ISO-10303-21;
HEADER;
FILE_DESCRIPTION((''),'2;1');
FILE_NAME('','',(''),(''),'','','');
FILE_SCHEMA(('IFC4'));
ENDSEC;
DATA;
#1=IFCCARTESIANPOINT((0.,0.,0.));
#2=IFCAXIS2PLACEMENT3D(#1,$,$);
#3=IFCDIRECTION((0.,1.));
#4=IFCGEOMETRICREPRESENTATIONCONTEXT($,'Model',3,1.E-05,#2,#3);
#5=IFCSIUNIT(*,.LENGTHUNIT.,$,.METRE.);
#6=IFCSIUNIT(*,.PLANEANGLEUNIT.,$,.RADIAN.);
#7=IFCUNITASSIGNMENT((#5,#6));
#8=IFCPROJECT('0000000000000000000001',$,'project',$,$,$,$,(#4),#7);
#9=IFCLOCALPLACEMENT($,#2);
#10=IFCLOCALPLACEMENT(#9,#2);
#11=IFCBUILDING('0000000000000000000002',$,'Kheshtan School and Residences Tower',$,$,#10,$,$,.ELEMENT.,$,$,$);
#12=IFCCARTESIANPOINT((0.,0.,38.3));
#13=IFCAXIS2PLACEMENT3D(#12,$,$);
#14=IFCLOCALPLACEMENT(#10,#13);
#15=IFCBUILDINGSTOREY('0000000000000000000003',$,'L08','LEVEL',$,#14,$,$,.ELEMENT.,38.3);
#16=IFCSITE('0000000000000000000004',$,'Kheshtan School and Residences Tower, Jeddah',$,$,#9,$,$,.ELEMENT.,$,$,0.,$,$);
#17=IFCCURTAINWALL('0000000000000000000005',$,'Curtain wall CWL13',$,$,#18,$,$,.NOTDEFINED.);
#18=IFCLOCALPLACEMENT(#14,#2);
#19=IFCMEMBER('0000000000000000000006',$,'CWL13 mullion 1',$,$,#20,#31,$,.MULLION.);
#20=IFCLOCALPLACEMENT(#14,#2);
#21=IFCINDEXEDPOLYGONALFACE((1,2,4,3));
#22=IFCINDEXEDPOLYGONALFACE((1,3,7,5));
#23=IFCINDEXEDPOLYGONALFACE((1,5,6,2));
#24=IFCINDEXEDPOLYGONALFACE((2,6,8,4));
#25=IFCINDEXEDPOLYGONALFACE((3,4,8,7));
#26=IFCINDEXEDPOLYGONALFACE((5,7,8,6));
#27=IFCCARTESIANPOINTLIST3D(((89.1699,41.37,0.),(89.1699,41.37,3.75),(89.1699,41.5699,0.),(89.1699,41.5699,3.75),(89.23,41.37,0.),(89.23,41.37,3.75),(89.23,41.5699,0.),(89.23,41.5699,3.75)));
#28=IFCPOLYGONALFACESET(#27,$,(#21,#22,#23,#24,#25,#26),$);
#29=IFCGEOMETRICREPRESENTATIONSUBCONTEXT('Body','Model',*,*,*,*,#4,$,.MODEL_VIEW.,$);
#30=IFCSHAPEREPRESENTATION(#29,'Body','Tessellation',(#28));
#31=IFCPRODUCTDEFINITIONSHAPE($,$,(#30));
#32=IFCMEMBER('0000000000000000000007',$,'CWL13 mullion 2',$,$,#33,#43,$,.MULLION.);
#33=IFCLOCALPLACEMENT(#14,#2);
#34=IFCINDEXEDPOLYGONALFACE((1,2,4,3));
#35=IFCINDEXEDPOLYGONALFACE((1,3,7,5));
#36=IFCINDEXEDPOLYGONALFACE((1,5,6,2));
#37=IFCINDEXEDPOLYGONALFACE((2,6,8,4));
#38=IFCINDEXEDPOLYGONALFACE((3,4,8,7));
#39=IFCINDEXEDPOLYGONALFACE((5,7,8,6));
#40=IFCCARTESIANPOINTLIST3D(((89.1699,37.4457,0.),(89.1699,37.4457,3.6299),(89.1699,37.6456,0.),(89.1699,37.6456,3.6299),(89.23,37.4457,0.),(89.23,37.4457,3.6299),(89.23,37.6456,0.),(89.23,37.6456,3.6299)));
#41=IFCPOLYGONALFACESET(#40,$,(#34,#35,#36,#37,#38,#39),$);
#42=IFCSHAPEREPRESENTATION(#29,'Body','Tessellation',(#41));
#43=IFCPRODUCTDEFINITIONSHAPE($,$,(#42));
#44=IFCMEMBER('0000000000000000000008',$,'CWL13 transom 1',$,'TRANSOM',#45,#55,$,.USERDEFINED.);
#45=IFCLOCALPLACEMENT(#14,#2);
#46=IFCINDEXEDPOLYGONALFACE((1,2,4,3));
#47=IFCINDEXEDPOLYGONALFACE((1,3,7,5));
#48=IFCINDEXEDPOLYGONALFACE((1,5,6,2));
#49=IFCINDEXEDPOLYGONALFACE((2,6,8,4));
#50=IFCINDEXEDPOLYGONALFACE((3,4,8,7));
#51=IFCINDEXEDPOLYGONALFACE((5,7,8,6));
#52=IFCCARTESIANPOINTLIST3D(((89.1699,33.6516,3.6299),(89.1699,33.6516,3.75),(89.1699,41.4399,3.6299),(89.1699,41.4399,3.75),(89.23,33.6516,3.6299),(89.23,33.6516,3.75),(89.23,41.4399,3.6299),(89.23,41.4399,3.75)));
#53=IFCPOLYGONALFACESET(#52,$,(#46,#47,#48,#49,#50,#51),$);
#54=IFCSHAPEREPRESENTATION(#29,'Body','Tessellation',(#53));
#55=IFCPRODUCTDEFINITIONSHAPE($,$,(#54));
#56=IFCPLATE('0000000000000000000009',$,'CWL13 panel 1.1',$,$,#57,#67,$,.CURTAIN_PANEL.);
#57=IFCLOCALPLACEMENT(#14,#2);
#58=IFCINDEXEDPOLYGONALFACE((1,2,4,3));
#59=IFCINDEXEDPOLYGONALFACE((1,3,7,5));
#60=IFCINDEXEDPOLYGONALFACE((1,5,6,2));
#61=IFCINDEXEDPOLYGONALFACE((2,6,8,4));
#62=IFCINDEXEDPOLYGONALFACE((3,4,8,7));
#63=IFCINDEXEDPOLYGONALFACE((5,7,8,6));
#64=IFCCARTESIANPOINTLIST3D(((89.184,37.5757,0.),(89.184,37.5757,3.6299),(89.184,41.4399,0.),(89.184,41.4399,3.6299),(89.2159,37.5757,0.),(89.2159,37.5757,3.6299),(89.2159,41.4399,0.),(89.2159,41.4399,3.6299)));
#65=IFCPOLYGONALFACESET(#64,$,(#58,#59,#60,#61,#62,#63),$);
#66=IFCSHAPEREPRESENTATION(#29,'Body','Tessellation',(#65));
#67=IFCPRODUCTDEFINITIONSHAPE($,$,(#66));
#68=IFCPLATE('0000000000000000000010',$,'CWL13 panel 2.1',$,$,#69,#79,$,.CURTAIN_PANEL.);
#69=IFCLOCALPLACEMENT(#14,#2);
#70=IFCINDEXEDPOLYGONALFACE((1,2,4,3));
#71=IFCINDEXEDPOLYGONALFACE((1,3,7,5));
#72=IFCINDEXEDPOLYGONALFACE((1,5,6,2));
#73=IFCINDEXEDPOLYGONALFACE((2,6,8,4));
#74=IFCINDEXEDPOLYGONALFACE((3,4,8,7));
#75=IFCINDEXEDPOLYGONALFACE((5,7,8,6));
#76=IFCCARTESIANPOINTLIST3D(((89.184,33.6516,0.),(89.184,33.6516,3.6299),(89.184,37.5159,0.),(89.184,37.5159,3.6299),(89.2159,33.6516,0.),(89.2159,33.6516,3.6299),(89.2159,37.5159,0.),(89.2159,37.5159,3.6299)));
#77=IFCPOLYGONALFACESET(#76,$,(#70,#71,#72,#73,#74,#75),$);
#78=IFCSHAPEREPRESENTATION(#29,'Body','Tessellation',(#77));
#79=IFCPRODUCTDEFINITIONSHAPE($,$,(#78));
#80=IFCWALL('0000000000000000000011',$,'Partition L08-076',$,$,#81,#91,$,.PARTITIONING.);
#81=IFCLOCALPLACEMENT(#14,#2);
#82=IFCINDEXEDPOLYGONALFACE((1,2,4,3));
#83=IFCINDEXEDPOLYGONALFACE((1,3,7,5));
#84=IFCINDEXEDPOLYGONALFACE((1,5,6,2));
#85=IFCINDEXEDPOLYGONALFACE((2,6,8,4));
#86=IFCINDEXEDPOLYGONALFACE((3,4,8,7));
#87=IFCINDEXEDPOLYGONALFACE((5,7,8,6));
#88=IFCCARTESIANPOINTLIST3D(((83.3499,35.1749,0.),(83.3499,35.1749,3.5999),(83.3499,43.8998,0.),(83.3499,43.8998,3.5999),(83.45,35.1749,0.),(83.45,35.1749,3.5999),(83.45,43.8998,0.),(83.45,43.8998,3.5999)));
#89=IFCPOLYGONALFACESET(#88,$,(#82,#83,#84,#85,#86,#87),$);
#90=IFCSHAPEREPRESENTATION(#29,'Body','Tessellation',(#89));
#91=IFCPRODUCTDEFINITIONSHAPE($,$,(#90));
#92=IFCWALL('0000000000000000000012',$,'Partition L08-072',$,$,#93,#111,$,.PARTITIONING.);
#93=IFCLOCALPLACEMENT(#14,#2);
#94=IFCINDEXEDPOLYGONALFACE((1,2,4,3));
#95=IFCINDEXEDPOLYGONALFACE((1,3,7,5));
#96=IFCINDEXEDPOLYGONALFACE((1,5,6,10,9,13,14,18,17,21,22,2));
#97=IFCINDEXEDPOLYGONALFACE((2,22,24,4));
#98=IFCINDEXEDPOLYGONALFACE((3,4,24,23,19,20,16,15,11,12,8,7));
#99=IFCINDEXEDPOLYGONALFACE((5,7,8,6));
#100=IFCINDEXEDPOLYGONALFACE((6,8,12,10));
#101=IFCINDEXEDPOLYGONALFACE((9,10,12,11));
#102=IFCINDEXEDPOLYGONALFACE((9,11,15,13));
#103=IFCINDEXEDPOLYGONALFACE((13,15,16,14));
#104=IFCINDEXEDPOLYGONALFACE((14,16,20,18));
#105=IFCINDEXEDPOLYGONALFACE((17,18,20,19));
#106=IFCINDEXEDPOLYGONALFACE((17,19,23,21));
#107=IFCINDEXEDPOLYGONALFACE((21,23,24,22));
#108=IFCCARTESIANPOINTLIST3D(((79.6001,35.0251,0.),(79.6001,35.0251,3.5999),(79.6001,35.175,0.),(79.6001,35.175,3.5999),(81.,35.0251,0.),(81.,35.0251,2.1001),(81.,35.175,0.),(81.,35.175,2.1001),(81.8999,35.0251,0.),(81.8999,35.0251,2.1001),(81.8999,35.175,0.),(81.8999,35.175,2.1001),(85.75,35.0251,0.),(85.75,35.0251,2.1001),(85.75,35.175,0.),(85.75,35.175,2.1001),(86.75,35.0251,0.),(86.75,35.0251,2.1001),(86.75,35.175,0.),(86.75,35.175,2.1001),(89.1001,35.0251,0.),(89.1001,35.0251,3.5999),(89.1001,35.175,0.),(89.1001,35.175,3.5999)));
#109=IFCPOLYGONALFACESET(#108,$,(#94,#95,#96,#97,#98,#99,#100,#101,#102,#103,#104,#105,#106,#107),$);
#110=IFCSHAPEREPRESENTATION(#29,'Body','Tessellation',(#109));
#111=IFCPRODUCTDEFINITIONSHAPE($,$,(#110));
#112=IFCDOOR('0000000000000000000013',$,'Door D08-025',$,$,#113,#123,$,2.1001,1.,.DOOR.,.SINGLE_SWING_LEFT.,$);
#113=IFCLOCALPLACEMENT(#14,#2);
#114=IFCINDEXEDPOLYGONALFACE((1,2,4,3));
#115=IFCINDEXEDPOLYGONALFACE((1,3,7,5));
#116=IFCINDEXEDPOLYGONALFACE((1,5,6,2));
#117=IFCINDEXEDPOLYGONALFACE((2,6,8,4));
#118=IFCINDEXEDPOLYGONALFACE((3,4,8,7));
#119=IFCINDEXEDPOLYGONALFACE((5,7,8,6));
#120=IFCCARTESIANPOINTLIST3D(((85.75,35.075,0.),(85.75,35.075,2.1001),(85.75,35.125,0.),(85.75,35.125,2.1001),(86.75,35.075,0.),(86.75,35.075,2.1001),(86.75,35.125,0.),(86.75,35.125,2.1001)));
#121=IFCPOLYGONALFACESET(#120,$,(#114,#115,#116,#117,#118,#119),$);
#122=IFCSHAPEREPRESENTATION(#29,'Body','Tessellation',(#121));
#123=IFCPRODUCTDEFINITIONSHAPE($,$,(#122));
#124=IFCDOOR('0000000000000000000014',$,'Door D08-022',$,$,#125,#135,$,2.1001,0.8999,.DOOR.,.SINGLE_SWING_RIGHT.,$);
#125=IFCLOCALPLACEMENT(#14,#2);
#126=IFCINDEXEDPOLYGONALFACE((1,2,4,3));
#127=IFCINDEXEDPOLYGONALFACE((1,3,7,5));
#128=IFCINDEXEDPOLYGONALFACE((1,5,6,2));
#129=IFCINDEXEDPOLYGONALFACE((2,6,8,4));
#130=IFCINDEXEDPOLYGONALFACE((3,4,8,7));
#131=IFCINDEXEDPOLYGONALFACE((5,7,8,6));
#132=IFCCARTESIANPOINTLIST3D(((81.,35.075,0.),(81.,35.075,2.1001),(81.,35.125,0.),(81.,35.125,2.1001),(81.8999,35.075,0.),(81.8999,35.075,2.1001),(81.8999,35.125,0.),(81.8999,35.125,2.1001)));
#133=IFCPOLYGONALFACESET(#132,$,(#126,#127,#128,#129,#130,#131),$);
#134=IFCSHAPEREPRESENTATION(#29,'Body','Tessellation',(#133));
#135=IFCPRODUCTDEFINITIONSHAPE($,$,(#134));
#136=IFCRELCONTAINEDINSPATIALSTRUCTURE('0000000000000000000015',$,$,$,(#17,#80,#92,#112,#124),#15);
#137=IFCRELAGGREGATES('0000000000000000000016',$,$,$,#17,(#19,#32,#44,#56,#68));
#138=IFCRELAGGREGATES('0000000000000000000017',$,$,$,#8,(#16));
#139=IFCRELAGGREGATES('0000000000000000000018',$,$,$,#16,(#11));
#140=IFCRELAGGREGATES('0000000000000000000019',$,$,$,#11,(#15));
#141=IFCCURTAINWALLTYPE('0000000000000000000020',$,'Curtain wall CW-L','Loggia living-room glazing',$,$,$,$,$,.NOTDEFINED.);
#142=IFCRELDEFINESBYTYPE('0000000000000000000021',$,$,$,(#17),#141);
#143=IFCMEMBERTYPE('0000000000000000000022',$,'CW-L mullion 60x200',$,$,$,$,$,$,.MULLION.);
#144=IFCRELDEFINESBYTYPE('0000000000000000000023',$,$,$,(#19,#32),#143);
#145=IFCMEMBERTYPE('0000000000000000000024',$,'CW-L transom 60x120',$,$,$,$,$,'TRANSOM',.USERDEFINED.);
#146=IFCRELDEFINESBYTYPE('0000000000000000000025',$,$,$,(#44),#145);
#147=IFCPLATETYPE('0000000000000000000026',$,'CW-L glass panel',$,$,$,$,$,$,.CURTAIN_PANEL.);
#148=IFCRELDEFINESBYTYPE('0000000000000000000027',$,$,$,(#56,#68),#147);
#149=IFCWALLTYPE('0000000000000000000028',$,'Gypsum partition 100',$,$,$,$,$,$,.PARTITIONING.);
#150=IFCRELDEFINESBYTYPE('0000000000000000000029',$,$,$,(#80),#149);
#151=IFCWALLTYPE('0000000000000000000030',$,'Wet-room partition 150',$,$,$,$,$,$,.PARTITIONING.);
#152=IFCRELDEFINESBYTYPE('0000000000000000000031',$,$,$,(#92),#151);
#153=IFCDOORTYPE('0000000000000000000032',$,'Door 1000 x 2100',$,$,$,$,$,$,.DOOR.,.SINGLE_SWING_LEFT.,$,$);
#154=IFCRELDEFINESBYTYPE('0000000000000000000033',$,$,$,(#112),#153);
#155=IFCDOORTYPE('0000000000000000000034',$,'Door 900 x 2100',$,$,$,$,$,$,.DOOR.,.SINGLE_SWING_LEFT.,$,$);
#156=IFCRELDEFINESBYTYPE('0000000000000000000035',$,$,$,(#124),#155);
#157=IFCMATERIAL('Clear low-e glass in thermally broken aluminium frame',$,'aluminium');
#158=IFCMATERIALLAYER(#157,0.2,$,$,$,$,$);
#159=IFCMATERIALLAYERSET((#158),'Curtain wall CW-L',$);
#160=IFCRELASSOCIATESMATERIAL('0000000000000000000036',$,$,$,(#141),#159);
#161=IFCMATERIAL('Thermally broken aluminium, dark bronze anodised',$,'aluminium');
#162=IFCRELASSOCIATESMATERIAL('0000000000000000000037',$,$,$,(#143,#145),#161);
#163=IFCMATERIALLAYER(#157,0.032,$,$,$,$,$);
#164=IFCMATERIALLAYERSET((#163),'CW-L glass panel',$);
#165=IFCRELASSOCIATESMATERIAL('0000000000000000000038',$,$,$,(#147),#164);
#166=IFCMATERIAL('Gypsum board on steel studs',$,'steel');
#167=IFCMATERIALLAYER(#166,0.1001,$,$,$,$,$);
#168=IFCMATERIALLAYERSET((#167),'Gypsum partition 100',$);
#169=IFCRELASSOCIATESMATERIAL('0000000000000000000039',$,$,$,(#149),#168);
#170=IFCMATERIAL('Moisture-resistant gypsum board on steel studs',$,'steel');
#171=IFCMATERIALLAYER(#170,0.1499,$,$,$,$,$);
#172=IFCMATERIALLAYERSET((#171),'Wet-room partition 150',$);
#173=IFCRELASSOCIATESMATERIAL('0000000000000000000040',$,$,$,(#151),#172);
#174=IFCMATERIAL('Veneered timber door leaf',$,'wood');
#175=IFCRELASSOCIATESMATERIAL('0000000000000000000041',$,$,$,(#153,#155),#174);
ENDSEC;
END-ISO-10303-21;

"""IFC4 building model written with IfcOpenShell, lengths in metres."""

from ifc_helpers import new_model, si_unit, direction, frame, frame_2d, origin, origin_2d, place, context, subcontext, project, spatial, rectangle, extrude, source, transform, mapped, material, layer, layer_set, material_profile, profile_set, type_object, element, fill, aggregate, save


model = new_model("IFC4")

# Units and contexts
model_context = context("Model", 3, precision=1e-05, world=origin(), true_north=direction((0.0, 1.0)))
body_context = subcontext(model_context, "Body", "Model", "MODEL_VIEW")
ifc_project = project(units=[si_unit("LENGTHUNIT", "METRE"), si_unit("PLANEANGLEUNIT", "RADIAN")], contexts=[model_context])

# Site, building, storey
site_placement = place(None, origin())
site = spatial("IfcSite", under=ifc_project, at=site_placement, Name="Kheshtan School and Residences Tower, Jeddah", CompositionType="ELEMENT", RefElevation=0.0)
building_placement = place(site_placement, origin())
building = spatial("IfcBuilding", under=site, at=building_placement, Name="Kheshtan School and Residences Tower", CompositionType="ELEMENT")
storey_placement = place(building_placement, frame((0.0, 0.0, 38.3)))
storey = spatial("IfcBuildingStorey", under=building, at=storey_placement, Name="L08", Description="LEVEL", CompositionType="ELEMENT", Elevation=38.3)

# Curtain wall, members, plates
ifc_material_1 = material(Name="Clear low-e glass in thermally broken aluminium frame", Category="aluminium")
ifc_layer_1 = layer(ifc_material_1, 0.2)
ifc_layer_set_1 = layer_set([ifc_layer_1], Name="Curtain wall CW-L")
curtain_wall_type = type_object("IfcCurtainWallType", Name="Curtain wall CW-L", Description="Loggia living-room glazing", PredefinedType="NOTDEFINED", material=ifc_layer_set_1)
curtain_wall_placement = place(storey_placement, origin())
curtain_wall = element("IfcCurtainWall", 1, at=curtain_wall_placement, inside=storey, type_object=curtain_wall_type, Name="Curtain wall CWL13", PredefinedType="NOTDEFINED")
ifc_material_2 = material(Name="Thermally broken aluminium, dark bronze anodised", Category="aluminium")
ifc_material_profile_1 = material_profile(ifc_material_2, rectangle(XDim=0.0601, YDim=0.2, at=origin_2d()), Name="CW-L mullion 60x200")
ifc_profile_set_1 = profile_set([ifc_material_profile_1], Name="Thermally broken aluminium, dark bronze anodised")
member_type_1 = type_object("IfcMemberType", Name="CW-L mullion 60x200", PredefinedType="MULLION", material=ifc_profile_set_1)
member_1_placement = place(storey_placement, frame((89.2, 41.47, 0.0), z_axis=(0.0, 0.0, 1.0), x_axis=(1.0, 0.0, 0.0)))
member_1 = element("IfcMember", 2, at=member_1_placement, type_object=member_type_1, Name="CWL13 mullion 1", PredefinedType="MULLION", context=body_context, shape_type="SweptSolid", body=[
    extrude(rectangle(XDim=0.0601, YDim=0.2, at=origin_2d()), origin(), (0.0, 0.0, 1.0), 3.75),
])
member_2_placement = place(storey_placement, frame((89.2, 37.5457, 0.0), z_axis=(0.0, 0.0, 1.0), x_axis=(1.0, 0.0, 0.0)))
member_2 = element("IfcMember", 3, at=member_2_placement, type_object=member_type_1, Name="CWL13 mullion 2", PredefinedType="MULLION", context=body_context, shape_type="SweptSolid", body=[
    extrude(rectangle(XDim=0.0601, YDim=0.2, at=origin_2d()), origin(), (0.0, 0.0, 1.0), 3.6299),
])
ifc_material_profile_2 = material_profile(ifc_material_2, rectangle(XDim=0.0601, YDim=0.1201, at=origin_2d()), Name="CW-L transom 60x120")
ifc_profile_set_2 = profile_set([ifc_material_profile_2], Name="Thermally broken aluminium, dark bronze anodised")
member_type_2 = type_object("IfcMemberType", Name="CW-L transom 60x120", ElementType="TRANSOM", PredefinedType="USERDEFINED", material=ifc_profile_set_2)
member_3_placement = place(storey_placement, frame((89.2, 41.4399, 3.6899), z_axis=(0.0, -1.0, 0.0), x_axis=(1.0, 0.0, 0.0)))
member_3 = element("IfcMember", 4, at=member_3_placement, type_object=member_type_2, Name="CWL13 transom 1", ObjectType="TRANSOM", PredefinedType="USERDEFINED", context=body_context, shape_type="SweptSolid", body=[
    extrude(rectangle(XDim=0.0601, YDim=0.1201, at=origin_2d()), origin(), (0.0, 0.0, 1.0), 7.7883),
])
ifc_layer_2 = layer(ifc_material_1, 0.032)
ifc_layer_set_2 = layer_set([ifc_layer_2], Name="CW-L glass panel")
plate_type = type_object("IfcPlateType", Name="CW-L glass panel", PredefinedType="CURTAIN_PANEL", material=ifc_layer_set_2)
plate_1_placement = place(storey_placement, frame((89.2, 39.5078, 0.0), z_axis=(0.0, 0.0, 1.0), x_axis=(0.0, -1.0, 0.0)))
plate_1 = element("IfcPlate", 5, at=plate_1_placement, type_object=plate_type, Name="CWL13 panel 1.1", PredefinedType="CURTAIN_PANEL", context=body_context, shape_type="SweptSolid", body=[
    extrude(rectangle(XDim=3.8643, YDim=0.032, at=origin_2d()), origin(), (0.0, 0.0, 1.0), 3.6299),
])
plate_2_placement = place(storey_placement, frame((89.2, 35.5837, 0.0), z_axis=(0.0, 0.0, 1.0), x_axis=(0.0, -1.0, 0.0)))
plate_2 = element("IfcPlate", 6, at=plate_2_placement, type_object=plate_type, Name="CWL13 panel 2.1", PredefinedType="CURTAIN_PANEL", context=body_context, shape_type="SweptSolid", body=[
    extrude(rectangle(XDim=3.8643, YDim=0.032, at=origin_2d()), origin(), (0.0, 0.0, 1.0), 3.6299),
])
aggregate(curtain_wall, [member_1, member_2, member_3, plate_1, plate_2])

# Wall
ifc_material_3 = material(Name="Gypsum board on steel studs", Category="steel")
ifc_layer_3 = layer(ifc_material_3, 0.1001)
ifc_layer_set_3 = layer_set([ifc_layer_3], Name="Gypsum partition 100")
wall_type_1 = type_object("IfcWallType", Name="Gypsum partition 100", PredefinedType="PARTITIONING", material=ifc_layer_set_3)
wall_1_placement = place(storey_placement, frame((83.3999, 35.175, 0.0), z_axis=(0.0, 0.0, 1.0), x_axis=(0.0, 1.0, 0.0)))
element("IfcWall", 7, at=wall_1_placement, inside=storey, type_object=wall_type_1, Name="Partition L08-076", PredefinedType="PARTITIONING", context=body_context, shape_type="SweptSolid", body=[
    extrude(rectangle(XDim=8.7249, YDim=0.1001, at=frame_2d((4.3623, 0.0))), origin(), (0.0, 0.0, 1.0), 3.5999),
])

# Wall, openings, doors
ifc_material_4 = material(Name="Moisture-resistant gypsum board on steel studs", Category="steel")
ifc_layer_4 = layer(ifc_material_4, 0.1499)
ifc_layer_set_4 = layer_set([ifc_layer_4], Name="Wet-room partition 150")
wall_type_2 = type_object("IfcWallType", Name="Wet-room partition 150", PredefinedType="PARTITIONING", material=ifc_layer_set_4)
wall_2_placement = place(storey_placement, frame((79.6001, 35.1001, 0.0), z_axis=(0.0, 0.0, 1.0), x_axis=(1.0, 0.0, 0.0)))
wall_2 = element("IfcWall", 8, at=wall_2_placement, inside=storey, type_object=wall_type_2, Name="Partition L08-072", PredefinedType="PARTITIONING", context=body_context, shape_type="SweptSolid", body=[
    extrude(rectangle(XDim=9.5, YDim=0.1499, at=frame_2d((4.75, 0.0))), origin(), (0.0, 0.0, 1.0), 3.5999),
])
opening_1_placement = place(wall_2_placement, frame((1.3999, 0.0, 0.0)))
opening_1 = element("IfcOpeningElement", 9, at=opening_1_placement, cuts=wall_2, PredefinedType="OPENING", context=body_context, shape_type="SweptSolid", body=[
    extrude(rectangle(XDim=0.8999, YDim=2.1001, at=frame_2d((0.45, 1.05))), frame((0.0, 0.085, 0.0), z_axis=(0.0, -1.0, 0.0), x_axis=(1.0, 0.0, 0.0)), (0.0, 0.0, 1.0), 0.1699),
])
opening_2_placement = place(wall_2_placement, frame((6.1499, 0.0, 0.0)))
opening_2 = element("IfcOpeningElement", 10, at=opening_2_placement, cuts=wall_2, PredefinedType="OPENING", context=body_context, shape_type="SweptSolid", body=[
    extrude(rectangle(XDim=1.0, YDim=2.1001, at=frame_2d((0.5, 1.05))), frame((0.0, 0.085, 0.0), z_axis=(0.0, -1.0, 0.0), x_axis=(1.0, 0.0, 0.0)), (0.0, 0.0, 1.0), 0.1699),
])
ifc_material_5 = material(Name="Veneered timber door leaf", Category="wood")
door_type_1 = type_object("IfcDoorType", Name="Door 1000 x 2100", OperationType="SINGLE_SWING_LEFT", PredefinedType="DOOR", material=ifc_material_5)
shared_shape_1 = source(origin(), body_context, "Body", "SweptSolid", [
    extrude(rectangle(XDim=1.0, YDim=2.1001, at=frame_2d((0.5, 1.05))), frame((0.0, 0.0249, 0.0), z_axis=(0.0, -1.0, 0.0), x_axis=(1.0, 0.0, 0.0)), (0.0, 0.0, 1.0), 0.05),
])
door_1_placement = place(opening_2_placement, origin())
door_1 = element("IfcDoor", 11, at=door_1_placement, inside=storey, type_object=door_type_1, Name="Door D08-025", OperationType="SINGLE_SWING_LEFT", OverallHeight=2.1001, OverallWidth=1.0, PredefinedType="DOOR", context=body_context, shape_type="MappedRepresentation", body=[
    mapped(shared_shape_1, transform((0.0, 0.0, 0.0), x_axis=(1.0, 0.0, 0.0), y_axis=(0.0, 1.0, 0.0), z_axis=(0.0, 0.0, 1.0), scale=1.0)),
])
fill(opening_2, door_1)
door_type_2 = type_object("IfcDoorType", Name="Door 900 x 2100", OperationType="SINGLE_SWING_LEFT", PredefinedType="DOOR", material=ifc_material_5)
shared_shape_2 = source(origin(), body_context, "Body", "SweptSolid", [
    extrude(rectangle(XDim=0.8999, YDim=2.1001, at=frame_2d((0.45, 1.05))), frame((0.0, 0.0249, 0.0), z_axis=(0.0, -1.0, 0.0), x_axis=(1.0, 0.0, 0.0)), (0.0, 0.0, 1.0), 0.05),
])
door_2_placement = place(opening_1_placement, origin())
door_2 = element("IfcDoor", 12, at=door_2_placement, inside=storey, type_object=door_type_2, Name="Door D08-022", OperationType="SINGLE_SWING_RIGHT", OverallHeight=2.1001, OverallWidth=0.8999, PredefinedType="DOOR", context=body_context, shape_type="MappedRepresentation", body=[
    mapped(shared_shape_2, transform((0.0, 0.0, 0.0), x_axis=(1.0, 0.0, 0.0), y_axis=(0.0, 1.0, 0.0), z_axis=(0.0, 0.0, 1.0), scale=1.0)),
])
fill(opening_1, door_2)

save(model, "model.ifc")
